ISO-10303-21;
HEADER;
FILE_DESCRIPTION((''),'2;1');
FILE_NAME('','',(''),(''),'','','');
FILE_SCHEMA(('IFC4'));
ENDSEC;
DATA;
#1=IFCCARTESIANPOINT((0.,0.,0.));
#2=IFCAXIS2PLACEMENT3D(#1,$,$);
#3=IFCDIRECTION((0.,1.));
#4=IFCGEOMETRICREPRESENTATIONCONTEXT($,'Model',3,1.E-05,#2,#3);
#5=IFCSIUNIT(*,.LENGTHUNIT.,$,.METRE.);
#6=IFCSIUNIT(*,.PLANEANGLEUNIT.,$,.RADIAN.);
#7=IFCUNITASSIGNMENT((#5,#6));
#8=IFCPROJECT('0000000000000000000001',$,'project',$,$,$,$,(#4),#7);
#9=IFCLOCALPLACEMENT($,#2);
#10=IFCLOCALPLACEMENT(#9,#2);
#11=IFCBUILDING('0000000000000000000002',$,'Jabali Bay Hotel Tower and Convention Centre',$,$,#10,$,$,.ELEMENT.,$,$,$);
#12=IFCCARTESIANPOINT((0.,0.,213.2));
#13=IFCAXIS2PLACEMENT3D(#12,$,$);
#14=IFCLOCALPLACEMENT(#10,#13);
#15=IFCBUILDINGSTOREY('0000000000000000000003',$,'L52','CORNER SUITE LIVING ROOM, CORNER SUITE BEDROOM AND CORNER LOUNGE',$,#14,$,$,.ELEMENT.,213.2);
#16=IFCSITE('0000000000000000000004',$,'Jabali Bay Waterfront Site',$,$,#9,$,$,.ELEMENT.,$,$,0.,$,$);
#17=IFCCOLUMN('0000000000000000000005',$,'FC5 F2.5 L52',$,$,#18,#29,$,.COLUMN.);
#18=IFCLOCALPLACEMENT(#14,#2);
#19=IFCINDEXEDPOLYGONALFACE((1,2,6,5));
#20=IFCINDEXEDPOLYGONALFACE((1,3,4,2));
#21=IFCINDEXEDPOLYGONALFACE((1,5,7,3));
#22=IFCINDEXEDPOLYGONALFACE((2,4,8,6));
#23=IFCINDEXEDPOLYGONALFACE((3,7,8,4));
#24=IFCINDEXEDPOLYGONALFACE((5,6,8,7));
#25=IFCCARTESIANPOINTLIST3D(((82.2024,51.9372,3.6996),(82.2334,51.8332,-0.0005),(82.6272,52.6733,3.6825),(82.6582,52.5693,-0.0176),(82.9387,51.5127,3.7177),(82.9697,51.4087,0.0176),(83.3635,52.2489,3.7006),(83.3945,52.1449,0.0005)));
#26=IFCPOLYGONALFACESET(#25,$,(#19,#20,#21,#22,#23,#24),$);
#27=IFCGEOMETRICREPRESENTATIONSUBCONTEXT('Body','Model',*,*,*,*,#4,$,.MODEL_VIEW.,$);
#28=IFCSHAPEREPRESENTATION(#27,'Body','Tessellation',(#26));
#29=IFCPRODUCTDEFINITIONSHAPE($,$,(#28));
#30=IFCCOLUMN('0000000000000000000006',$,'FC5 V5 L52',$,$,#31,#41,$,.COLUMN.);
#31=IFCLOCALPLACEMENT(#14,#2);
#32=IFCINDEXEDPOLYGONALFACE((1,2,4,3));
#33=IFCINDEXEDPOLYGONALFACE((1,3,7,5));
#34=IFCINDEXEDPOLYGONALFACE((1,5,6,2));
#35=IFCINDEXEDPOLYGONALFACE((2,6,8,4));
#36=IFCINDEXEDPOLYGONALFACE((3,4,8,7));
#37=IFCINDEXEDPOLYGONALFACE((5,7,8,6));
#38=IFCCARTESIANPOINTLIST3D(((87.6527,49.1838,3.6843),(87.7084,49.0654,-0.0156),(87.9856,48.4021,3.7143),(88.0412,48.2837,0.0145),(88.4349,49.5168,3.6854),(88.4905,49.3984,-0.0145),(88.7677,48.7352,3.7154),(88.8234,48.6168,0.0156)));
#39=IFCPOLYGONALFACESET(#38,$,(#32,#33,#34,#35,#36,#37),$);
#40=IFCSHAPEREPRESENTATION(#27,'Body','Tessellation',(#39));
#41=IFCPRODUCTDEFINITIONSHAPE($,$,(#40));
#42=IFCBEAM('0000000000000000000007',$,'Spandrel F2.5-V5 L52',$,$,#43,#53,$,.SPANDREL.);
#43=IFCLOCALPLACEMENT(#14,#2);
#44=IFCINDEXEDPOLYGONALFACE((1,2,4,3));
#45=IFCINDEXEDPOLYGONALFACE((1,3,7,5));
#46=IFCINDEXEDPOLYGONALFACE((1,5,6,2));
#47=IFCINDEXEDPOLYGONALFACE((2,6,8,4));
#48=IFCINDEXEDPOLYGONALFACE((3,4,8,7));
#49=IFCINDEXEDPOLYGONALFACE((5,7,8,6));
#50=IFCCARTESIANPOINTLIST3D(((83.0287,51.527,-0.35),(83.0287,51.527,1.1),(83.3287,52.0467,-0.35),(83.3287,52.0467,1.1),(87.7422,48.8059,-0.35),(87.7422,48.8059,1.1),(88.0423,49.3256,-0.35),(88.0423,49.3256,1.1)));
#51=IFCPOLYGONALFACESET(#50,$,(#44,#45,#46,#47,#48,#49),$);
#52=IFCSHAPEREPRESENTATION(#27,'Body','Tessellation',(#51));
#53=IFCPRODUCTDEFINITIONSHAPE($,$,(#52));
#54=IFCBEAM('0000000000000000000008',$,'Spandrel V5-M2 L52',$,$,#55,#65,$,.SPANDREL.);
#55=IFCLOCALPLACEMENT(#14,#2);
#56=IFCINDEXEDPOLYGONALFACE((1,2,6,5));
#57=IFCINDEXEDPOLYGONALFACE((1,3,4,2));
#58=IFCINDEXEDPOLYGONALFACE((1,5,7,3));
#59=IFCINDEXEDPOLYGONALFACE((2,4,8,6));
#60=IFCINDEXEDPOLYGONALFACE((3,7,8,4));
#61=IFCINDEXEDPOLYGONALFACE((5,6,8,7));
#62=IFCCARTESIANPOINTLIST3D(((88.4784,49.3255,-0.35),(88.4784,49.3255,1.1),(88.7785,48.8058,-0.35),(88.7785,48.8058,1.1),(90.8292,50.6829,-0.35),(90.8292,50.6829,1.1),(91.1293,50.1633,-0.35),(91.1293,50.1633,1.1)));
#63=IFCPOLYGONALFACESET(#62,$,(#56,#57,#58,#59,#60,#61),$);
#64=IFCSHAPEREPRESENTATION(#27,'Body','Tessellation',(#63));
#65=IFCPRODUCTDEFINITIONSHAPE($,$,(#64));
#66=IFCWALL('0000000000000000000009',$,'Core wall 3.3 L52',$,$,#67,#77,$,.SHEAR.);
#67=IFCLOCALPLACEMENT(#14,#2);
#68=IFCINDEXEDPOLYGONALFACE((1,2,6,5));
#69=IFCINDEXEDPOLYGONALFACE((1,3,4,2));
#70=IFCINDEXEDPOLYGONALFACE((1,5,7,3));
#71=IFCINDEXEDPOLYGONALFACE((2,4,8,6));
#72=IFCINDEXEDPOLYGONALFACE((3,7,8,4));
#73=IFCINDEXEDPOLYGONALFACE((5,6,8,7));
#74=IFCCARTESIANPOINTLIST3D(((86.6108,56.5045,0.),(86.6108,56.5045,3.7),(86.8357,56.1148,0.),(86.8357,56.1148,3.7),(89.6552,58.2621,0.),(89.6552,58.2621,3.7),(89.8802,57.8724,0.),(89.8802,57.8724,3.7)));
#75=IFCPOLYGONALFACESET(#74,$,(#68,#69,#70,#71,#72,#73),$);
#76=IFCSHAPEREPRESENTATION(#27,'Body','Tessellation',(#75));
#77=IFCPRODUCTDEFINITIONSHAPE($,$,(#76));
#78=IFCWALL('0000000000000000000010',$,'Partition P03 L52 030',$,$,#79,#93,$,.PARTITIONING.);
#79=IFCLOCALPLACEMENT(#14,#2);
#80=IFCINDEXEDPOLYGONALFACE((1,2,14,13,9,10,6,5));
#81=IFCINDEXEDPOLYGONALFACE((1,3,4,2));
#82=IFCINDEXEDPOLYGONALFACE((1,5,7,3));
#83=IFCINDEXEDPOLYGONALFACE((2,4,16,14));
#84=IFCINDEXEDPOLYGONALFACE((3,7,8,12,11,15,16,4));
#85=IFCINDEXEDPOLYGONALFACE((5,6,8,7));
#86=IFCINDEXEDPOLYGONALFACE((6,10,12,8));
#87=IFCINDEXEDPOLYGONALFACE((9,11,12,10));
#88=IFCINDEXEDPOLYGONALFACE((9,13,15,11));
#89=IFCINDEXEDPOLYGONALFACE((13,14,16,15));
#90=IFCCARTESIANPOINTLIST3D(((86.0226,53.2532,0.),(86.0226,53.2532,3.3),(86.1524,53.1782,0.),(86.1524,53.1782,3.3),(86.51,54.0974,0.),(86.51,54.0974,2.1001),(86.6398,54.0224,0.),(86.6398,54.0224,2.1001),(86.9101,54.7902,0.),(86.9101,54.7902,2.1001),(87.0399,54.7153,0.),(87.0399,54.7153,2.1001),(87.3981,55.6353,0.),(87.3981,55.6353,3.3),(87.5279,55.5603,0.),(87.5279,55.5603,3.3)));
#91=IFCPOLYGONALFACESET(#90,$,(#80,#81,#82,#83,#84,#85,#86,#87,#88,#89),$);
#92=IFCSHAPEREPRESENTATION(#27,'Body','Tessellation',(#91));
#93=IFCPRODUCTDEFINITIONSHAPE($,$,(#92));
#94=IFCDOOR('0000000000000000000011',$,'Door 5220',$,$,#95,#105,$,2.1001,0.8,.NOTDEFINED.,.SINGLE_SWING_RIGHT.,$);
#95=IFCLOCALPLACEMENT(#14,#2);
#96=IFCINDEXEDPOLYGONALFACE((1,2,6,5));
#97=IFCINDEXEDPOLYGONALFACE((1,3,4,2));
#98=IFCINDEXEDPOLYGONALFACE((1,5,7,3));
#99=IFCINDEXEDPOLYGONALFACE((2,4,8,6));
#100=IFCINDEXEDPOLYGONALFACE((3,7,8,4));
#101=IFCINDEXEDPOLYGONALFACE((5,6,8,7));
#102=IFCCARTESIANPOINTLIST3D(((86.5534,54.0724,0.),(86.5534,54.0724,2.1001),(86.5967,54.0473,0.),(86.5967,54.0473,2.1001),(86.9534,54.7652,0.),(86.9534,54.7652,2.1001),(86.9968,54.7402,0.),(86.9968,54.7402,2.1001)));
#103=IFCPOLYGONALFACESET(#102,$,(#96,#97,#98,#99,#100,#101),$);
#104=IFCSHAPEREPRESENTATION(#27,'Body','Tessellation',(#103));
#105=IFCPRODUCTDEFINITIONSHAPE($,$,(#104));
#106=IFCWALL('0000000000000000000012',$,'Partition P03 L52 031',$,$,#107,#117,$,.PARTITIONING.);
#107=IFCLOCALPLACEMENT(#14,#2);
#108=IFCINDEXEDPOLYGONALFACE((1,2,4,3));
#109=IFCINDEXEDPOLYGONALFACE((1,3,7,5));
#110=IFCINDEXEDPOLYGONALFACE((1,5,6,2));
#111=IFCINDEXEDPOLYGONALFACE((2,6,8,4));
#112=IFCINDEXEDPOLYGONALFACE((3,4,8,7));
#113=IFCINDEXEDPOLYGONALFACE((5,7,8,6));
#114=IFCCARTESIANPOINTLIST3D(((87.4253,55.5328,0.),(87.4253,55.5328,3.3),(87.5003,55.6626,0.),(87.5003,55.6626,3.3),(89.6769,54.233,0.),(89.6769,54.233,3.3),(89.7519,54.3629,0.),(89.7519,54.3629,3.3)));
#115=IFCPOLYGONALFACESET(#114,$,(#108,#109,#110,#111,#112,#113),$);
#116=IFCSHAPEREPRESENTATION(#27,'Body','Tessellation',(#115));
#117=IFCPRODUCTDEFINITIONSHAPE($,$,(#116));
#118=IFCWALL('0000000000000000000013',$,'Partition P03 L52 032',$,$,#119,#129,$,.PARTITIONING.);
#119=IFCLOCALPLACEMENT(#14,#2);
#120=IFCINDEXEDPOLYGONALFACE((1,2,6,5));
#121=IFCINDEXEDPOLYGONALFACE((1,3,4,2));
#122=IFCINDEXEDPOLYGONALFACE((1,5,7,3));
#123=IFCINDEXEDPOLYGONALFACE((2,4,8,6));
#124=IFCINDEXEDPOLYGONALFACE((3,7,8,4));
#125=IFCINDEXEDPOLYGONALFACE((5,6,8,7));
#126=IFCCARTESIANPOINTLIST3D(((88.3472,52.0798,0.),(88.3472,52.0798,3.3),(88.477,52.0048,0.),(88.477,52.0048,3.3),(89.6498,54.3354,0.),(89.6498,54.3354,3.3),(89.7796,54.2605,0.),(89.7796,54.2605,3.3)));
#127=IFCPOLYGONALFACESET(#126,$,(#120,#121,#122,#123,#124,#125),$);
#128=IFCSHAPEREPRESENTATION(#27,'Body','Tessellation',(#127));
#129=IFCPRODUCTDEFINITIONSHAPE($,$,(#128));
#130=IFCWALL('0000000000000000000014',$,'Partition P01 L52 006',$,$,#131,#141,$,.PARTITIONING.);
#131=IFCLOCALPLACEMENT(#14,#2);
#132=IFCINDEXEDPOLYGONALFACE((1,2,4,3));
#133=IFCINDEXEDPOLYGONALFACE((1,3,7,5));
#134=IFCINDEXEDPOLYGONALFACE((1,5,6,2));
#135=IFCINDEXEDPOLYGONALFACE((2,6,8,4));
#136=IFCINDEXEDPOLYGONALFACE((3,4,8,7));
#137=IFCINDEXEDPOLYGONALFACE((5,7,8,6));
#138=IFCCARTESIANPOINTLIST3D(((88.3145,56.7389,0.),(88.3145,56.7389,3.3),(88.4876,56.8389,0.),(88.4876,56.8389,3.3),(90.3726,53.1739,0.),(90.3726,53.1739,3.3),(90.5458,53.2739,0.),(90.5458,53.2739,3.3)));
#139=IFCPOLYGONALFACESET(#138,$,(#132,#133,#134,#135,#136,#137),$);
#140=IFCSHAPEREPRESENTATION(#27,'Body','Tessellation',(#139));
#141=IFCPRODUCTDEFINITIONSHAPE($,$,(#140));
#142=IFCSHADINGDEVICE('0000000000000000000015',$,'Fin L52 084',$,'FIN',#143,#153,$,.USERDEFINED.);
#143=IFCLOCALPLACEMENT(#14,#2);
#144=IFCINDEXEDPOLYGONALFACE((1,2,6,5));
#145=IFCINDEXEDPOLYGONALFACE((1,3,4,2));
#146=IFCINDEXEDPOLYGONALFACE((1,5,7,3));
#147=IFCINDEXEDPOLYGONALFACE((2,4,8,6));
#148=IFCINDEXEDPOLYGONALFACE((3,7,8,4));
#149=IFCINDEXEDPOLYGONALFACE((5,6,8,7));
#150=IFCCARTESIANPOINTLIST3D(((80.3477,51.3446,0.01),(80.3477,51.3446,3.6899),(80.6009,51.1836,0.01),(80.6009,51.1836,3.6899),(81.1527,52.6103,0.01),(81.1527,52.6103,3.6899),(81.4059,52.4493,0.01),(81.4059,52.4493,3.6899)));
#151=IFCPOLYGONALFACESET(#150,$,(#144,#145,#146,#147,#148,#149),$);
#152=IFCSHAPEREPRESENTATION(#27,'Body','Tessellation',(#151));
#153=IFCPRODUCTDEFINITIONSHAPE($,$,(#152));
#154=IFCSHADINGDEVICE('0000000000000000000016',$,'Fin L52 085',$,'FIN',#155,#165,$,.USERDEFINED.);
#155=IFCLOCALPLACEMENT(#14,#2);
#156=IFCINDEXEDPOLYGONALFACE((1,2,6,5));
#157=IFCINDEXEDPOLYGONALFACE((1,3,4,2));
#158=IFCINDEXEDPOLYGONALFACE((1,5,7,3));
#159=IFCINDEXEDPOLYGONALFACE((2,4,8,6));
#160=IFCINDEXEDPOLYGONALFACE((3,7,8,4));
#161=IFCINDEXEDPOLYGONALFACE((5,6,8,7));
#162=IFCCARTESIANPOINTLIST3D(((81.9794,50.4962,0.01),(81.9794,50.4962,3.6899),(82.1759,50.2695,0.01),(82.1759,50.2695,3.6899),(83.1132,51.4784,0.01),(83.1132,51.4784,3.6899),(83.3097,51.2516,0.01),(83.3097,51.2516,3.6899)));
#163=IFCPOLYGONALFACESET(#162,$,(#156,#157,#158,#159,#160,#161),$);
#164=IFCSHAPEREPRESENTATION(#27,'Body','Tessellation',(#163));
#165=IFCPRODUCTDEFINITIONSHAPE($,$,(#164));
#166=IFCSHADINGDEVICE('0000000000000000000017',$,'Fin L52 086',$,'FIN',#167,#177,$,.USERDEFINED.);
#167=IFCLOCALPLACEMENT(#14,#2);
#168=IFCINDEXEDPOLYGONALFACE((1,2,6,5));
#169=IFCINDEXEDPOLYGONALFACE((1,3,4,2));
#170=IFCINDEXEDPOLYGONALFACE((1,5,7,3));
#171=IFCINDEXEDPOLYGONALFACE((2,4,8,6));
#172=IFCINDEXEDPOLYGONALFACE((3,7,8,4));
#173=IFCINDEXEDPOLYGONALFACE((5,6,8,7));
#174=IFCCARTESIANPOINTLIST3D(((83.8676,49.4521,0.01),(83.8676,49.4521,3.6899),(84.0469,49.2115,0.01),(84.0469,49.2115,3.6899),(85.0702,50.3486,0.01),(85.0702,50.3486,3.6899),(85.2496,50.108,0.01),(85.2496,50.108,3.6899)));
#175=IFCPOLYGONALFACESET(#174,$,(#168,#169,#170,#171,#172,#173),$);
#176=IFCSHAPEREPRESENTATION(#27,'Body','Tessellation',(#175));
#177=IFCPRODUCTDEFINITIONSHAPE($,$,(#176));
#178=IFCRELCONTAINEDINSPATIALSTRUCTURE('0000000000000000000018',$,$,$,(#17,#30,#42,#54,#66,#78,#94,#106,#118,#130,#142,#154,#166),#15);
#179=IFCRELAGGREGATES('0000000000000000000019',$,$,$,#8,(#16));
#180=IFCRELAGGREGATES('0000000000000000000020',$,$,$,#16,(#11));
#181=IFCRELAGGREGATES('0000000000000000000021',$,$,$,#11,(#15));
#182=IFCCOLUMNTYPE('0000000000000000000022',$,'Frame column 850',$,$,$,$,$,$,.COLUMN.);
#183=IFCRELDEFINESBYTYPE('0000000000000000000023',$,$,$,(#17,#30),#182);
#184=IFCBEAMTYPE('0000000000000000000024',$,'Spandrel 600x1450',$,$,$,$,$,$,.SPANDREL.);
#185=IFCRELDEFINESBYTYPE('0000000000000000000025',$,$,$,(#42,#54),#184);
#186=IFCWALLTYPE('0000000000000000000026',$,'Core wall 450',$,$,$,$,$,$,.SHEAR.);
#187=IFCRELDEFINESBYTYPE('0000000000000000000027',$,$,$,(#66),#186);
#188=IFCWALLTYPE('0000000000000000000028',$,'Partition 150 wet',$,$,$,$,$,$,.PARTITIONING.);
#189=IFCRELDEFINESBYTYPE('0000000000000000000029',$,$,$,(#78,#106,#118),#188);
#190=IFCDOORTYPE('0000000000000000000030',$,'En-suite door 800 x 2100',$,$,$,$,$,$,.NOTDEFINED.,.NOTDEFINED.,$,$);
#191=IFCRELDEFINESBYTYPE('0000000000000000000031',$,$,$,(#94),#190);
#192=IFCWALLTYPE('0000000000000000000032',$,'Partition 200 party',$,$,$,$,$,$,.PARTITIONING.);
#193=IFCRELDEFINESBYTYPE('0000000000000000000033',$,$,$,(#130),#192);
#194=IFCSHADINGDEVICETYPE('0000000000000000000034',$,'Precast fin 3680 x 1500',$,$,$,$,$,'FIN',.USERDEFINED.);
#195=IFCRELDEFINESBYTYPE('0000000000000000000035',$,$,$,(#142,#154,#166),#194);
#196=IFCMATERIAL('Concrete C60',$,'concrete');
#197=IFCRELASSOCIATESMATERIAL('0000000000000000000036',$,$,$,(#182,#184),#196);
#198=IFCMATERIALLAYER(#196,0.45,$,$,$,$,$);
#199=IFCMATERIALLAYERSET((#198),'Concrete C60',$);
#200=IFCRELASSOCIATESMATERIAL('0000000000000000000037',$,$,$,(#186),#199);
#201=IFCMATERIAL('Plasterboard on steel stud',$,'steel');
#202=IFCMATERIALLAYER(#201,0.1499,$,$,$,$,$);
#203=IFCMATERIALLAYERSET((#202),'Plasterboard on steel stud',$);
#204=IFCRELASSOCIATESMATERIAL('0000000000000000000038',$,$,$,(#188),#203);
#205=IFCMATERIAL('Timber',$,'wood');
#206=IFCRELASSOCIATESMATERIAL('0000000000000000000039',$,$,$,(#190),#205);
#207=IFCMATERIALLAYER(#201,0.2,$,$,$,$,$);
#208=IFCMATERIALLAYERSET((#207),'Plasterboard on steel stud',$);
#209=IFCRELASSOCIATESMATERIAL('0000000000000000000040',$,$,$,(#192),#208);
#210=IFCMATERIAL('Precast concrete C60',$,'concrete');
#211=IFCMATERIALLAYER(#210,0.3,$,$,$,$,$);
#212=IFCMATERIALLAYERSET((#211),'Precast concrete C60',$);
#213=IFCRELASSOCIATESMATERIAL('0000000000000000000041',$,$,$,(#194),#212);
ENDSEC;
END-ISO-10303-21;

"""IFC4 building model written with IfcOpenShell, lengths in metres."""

from ifc_helpers import new_model, si_unit, direction, frame, frame_2d, origin, origin_2d, place, context, subcontext, project, spatial, rectangle, extrude, material, layer, layer_set, material_profile, profile_set, type_object, element, fill, save


model = new_model("IFC4")

# Units and contexts
model_context = context("Model", 3, precision=1e-05, world=origin(), true_north=direction((0.0, 1.0)))
body_context = subcontext(model_context, "Body", "Model", "MODEL_VIEW")
ifc_project = project(units=[si_unit("LENGTHUNIT", "METRE"), si_unit("PLANEANGLEUNIT", "RADIAN")], contexts=[model_context])

# Site, building, storey
site_placement = place(None, origin())
site = spatial("IfcSite", under=ifc_project, at=site_placement, Name="Jabali Bay Waterfront Site", CompositionType="ELEMENT", RefElevation=0.0)
building_placement = place(site_placement, origin())
building = spatial("IfcBuilding", under=site, at=building_placement, Name="Jabali Bay Hotel Tower and Convention Centre", CompositionType="ELEMENT")
storey_placement = place(building_placement, frame((0.0, 0.0, 213.2)))
storey = spatial("IfcBuildingStorey", under=building, at=storey_placement, Name="L52", Description="CORNER SUITE LIVING ROOM, CORNER SUITE BEDROOM AND CORNER LOUNGE", CompositionType="ELEMENT", Elevation=213.2)

# Columns
ifc_material_1 = material(Name="Concrete C60", Category="concrete")
ifc_material_profile_1 = material_profile(ifc_material_1, rectangle(XDim=0.8501, YDim=0.8501, at=origin_2d()), Name="Frame column 850")
ifc_profile_set_1 = profile_set([ifc_material_profile_1], Name="Concrete C60")
column_type = type_object("IfcColumnType", Name="Frame column 850", PredefinedType="COLUMN", material=ifc_profile_set_1)
column_1_placement = place(storey_placement, frame((82.814, 51.989, 0.0), z_axis=(-0.008376, 0.028097, 0.99957), x_axis=(-0.499682, -0.865975, 0.020155)))
element("IfcColumn", 1, at=column_1_placement, inside=storey, type_object=column_type, Name="FC5 F2.5 L52", PredefinedType="COLUMN", context=body_context, shape_type="SweptSolid", body=[
    extrude(rectangle(XDim=0.8501, YDim=0.8501, at=origin_2d()), origin(), (0.0, 0.0, 1.0), 3.7017),
])
column_2_placement = place(storey_placement, frame((88.2659, 48.8411, 0.0), z_axis=(-0.015035, 0.031983, 0.999375), x_axis=(0.391527, -0.919489, 0.035316)))
element("IfcColumn", 2, at=column_2_placement, inside=storey, type_object=column_type, Name="FC5 V5 L52", PredefinedType="COLUMN", context=body_context, shape_type="SweptSolid", body=[
    extrude(rectangle(XDim=0.8501, YDim=0.8501, at=origin_2d()), origin(), (0.0, 0.0, 1.0), 3.7021),
])

# Beams
ifc_material_profile_2 = material_profile(ifc_material_1, rectangle(XDim=0.6001, YDim=1.45, at=origin_2d()), Name="Spandrel 600x1450")
ifc_profile_set_2 = profile_set([ifc_material_profile_2], Name="Concrete C60")
beam_type = type_object("IfcBeamType", Name="Spandrel 600x1450", PredefinedType="SPANDREL", material=ifc_profile_set_2)
beam_1_placement = place(storey_placement, frame((83.1787, 51.7869, 0.375), z_axis=(0.866043, -0.49997, 0.0), x_axis=(0.49997, 0.866043, 0.0)))
element("IfcBeam", 3, at=beam_1_placement, inside=storey, type_object=beam_type, Name="Spandrel F2.5-V5 L52", PredefinedType="SPANDREL", context=body_context, shape_type="SweptSolid", body=[
    extrude(rectangle(XDim=0.6001, YDim=1.45, at=origin_2d()), origin(), (0.0, 0.0, 1.0), 5.4426),
])
beam_2_placement = place(storey_placement, frame((88.6284, 49.0657, 0.375), z_axis=(0.865998, 0.500047, 0.0), x_axis=(-0.500047, 0.865998, 0.0)))
element("IfcBeam", 4, at=beam_2_placement, inside=storey, type_object=beam_type, Name="Spandrel V5-M2 L52", PredefinedType="SPANDREL", context=body_context, shape_type="SweptSolid", body=[
    extrude(rectangle(XDim=0.6001, YDim=1.45, at=origin_2d()), origin(), (0.0, 0.0, 1.0), 2.7146),
])

# Wall
ifc_layer_1 = layer(ifc_material_1, 0.45)
ifc_layer_set_1 = layer_set([ifc_layer_1], Name="Concrete C60")
wall_type_1 = type_object("IfcWallType", Name="Core wall 450", PredefinedType="SHEAR", material=ifc_layer_set_1)
wall_1_placement = place(storey_placement, frame((86.7231, 56.3096, 0.0), z_axis=(0.0, 0.0, 1.0), x_axis=(0.866042, 0.499971, 0.0)))
element("IfcWall", 5, at=wall_1_placement, inside=storey, type_object=wall_type_1, Name="Core wall 3.3 L52", PredefinedType="SHEAR", context=body_context, shape_type="SweptSolid", body=[
    extrude(rectangle(XDim=3.5154, YDim=0.45, at=frame_2d((1.7578, 0.0))), origin(), (0.0, 0.0, 1.0), 3.7),
])

# Wall, opening, door
ifc_material_2 = material(Name="Plasterboard on steel stud", Category="steel")
ifc_layer_2 = layer(ifc_material_2, 0.1499)
ifc_layer_set_2 = layer_set([ifc_layer_2], Name="Plasterboard on steel stud")
wall_type_2 = type_object("IfcWallType", Name="Partition 150 wet", PredefinedType="PARTITIONING", material=ifc_layer_set_2)
wall_2_placement = place(storey_placement, frame((86.0874, 53.2156, 0.0), z_axis=(0.0, 0.0, 1.0), x_axis=(0.500053, 0.865995, 0.0)))
wall_2 = element("IfcWall", 6, at=wall_2_placement, inside=storey, type_object=wall_type_2, Name="Partition P03 L52 030", PredefinedType="PARTITIONING", context=body_context, shape_type="SweptSolid", body=[
    extrude(rectangle(XDim=2.7507, YDim=0.1499, at=frame_2d((1.3755, 0.0))), origin(), (0.0, 0.0, 1.0), 3.3),
])
opening_1_placement = place(wall_2_placement, frame((0.9751, 0.0, 0.0)))
opening_1 = element("IfcOpeningElement", 7, at=opening_1_placement, cuts=wall_2, PredefinedType="OPENING", context=body_context, shape_type="SweptSolid", body=[
    extrude(rectangle(XDim=0.8, YDim=2.1001, at=frame_2d((0.3999, 1.05))), frame((0.0, 0.0854, 0.0), z_axis=(0.0, -1.0, 0.0), x_axis=(1.0, 0.0, 0.0)), (0.0, 0.0, 1.0), 0.1709),
])
ifc_material_3 = material(Name="Timber", Category="wood")
door_type_1 = type_object("IfcDoorType", Name="En-suite door 800 x 2100", OperationType="NOTDEFINED", PredefinedType="NOTDEFINED", material=ifc_material_3)
door_1_placement = place(opening_1_placement, origin())
door_1 = element("IfcDoor", 8, at=door_1_placement, inside=storey, type_object=door_type_1, Name="Door 5220", OperationType="SINGLE_SWING_RIGHT", OverallHeight=2.1001, OverallWidth=0.8, PredefinedType="NOTDEFINED", context=body_context, shape_type="SweptSolid", body=[
    extrude(rectangle(XDim=0.8, YDim=2.1001, at=frame_2d((0.3999, 1.05))), frame((0.0, 0.0249, 0.0), z_axis=(0.0, -1.0, 0.0), x_axis=(1.0, 0.0, 0.0)), (0.0, 0.0, 1.0), 0.05),
])
fill(opening_1, door_1)

# Walls
wall_3_placement = place(storey_placement, frame((87.4629, 55.5977, 0.0), z_axis=(0.0, 0.0, 1.0), x_axis=(0.866062, -0.499937, 0.0)))
element("IfcWall", 9, at=wall_3_placement, inside=storey, type_object=wall_type_2, Name="Partition P03 L52 031", PredefinedType="PARTITIONING", context=body_context, shape_type="SweptSolid", body=[
    extrude(rectangle(XDim=2.5999, YDim=0.1499, at=frame_2d((1.2998, 0.0))), origin(), (0.0, 0.0, 1.0), 3.3),
])
wall_4_placement = place(storey_placement, frame((89.7146, 54.2979, 0.0), z_axis=(0.0, 0.0, 1.0), x_axis=(-0.500061, -0.86599, 0.0)))
element("IfcWall", 10, at=wall_4_placement, inside=storey, type_object=wall_type_2, Name="Partition P03 L52 032", PredefinedType="PARTITIONING", context=body_context, shape_type="SweptSolid", body=[
    extrude(rectangle(XDim=2.6047, YDim=0.1499, at=frame_2d((1.3022, 0.0))), origin(), (0.0, 0.0, 1.0), 3.3),
])
ifc_layer_3 = layer(ifc_material_2, 0.2)
ifc_layer_set_3 = layer_set([ifc_layer_3], Name="Plasterboard on steel stud")
wall_type_3 = type_object("IfcWallType", Name="Partition 200 party", PredefinedType="PARTITIONING", material=ifc_layer_set_3)
wall_5_placement = place(storey_placement, frame((88.4011, 56.7888, 0.0), z_axis=(0.0, 0.0, 1.0), x_axis=(0.499979, -0.866037, 0.0)))
element("IfcWall", 11, at=wall_5_placement, inside=storey, type_object=wall_type_3, Name="Partition P01 L52 006", PredefinedType="PARTITIONING", context=body_context, shape_type="SweptSolid", body=[
    extrude(rectangle(XDim=4.1165, YDim=0.2, at=frame_2d((2.0581, 0.0))), origin(), (0.0, 0.0, 1.0), 3.3),
])

# Shading devices
ifc_material_4 = material(Name="Precast concrete C60", Category="concrete")
ifc_layer_4 = layer(ifc_material_4, 0.3)
ifc_layer_set_4 = layer_set([ifc_layer_4], Name="Precast concrete C60")
shading_device_type = type_object("IfcShadingDeviceType", Name="Precast fin 3680 x 1500", ElementType="FIN", PredefinedType="USERDEFINED", material=ifc_layer_set_4)
for number, where, z_axis, x_axis, name in (
    (12, (81.2793, 52.5298, 0.01), (0.0, 0.0, 1.0), (-0.536654, -0.843802, 0.0), "Fin L52 084"),
    (13, (83.2114, 51.365, 0.01), (0.0, 0.0, 1.0), (-0.755834, -0.654763, 0.0), "Fin L52 085"),
    (14, (85.1599, 50.2283, 0.01), (0.0, 0.0, 1.0), (-0.801754, -0.597654, 0.0), "Fin L52 086"),
):
    element("IfcShadingDevice", number, at=place(storey_placement, frame(where, z_axis=z_axis, x_axis=x_axis)), inside=storey, type_object=shading_device_type, Name=name, ObjectType="FIN", PredefinedType="USERDEFINED", context=body_context, shape_type="SweptSolid", body=[
        extrude(rectangle(XDim=1.5, YDim=0.3, at=frame_2d((0.75, 0.0))), origin(), (0.0, 0.0, 1.0), 3.6799),
    ])

save(model, "model.ifc")
